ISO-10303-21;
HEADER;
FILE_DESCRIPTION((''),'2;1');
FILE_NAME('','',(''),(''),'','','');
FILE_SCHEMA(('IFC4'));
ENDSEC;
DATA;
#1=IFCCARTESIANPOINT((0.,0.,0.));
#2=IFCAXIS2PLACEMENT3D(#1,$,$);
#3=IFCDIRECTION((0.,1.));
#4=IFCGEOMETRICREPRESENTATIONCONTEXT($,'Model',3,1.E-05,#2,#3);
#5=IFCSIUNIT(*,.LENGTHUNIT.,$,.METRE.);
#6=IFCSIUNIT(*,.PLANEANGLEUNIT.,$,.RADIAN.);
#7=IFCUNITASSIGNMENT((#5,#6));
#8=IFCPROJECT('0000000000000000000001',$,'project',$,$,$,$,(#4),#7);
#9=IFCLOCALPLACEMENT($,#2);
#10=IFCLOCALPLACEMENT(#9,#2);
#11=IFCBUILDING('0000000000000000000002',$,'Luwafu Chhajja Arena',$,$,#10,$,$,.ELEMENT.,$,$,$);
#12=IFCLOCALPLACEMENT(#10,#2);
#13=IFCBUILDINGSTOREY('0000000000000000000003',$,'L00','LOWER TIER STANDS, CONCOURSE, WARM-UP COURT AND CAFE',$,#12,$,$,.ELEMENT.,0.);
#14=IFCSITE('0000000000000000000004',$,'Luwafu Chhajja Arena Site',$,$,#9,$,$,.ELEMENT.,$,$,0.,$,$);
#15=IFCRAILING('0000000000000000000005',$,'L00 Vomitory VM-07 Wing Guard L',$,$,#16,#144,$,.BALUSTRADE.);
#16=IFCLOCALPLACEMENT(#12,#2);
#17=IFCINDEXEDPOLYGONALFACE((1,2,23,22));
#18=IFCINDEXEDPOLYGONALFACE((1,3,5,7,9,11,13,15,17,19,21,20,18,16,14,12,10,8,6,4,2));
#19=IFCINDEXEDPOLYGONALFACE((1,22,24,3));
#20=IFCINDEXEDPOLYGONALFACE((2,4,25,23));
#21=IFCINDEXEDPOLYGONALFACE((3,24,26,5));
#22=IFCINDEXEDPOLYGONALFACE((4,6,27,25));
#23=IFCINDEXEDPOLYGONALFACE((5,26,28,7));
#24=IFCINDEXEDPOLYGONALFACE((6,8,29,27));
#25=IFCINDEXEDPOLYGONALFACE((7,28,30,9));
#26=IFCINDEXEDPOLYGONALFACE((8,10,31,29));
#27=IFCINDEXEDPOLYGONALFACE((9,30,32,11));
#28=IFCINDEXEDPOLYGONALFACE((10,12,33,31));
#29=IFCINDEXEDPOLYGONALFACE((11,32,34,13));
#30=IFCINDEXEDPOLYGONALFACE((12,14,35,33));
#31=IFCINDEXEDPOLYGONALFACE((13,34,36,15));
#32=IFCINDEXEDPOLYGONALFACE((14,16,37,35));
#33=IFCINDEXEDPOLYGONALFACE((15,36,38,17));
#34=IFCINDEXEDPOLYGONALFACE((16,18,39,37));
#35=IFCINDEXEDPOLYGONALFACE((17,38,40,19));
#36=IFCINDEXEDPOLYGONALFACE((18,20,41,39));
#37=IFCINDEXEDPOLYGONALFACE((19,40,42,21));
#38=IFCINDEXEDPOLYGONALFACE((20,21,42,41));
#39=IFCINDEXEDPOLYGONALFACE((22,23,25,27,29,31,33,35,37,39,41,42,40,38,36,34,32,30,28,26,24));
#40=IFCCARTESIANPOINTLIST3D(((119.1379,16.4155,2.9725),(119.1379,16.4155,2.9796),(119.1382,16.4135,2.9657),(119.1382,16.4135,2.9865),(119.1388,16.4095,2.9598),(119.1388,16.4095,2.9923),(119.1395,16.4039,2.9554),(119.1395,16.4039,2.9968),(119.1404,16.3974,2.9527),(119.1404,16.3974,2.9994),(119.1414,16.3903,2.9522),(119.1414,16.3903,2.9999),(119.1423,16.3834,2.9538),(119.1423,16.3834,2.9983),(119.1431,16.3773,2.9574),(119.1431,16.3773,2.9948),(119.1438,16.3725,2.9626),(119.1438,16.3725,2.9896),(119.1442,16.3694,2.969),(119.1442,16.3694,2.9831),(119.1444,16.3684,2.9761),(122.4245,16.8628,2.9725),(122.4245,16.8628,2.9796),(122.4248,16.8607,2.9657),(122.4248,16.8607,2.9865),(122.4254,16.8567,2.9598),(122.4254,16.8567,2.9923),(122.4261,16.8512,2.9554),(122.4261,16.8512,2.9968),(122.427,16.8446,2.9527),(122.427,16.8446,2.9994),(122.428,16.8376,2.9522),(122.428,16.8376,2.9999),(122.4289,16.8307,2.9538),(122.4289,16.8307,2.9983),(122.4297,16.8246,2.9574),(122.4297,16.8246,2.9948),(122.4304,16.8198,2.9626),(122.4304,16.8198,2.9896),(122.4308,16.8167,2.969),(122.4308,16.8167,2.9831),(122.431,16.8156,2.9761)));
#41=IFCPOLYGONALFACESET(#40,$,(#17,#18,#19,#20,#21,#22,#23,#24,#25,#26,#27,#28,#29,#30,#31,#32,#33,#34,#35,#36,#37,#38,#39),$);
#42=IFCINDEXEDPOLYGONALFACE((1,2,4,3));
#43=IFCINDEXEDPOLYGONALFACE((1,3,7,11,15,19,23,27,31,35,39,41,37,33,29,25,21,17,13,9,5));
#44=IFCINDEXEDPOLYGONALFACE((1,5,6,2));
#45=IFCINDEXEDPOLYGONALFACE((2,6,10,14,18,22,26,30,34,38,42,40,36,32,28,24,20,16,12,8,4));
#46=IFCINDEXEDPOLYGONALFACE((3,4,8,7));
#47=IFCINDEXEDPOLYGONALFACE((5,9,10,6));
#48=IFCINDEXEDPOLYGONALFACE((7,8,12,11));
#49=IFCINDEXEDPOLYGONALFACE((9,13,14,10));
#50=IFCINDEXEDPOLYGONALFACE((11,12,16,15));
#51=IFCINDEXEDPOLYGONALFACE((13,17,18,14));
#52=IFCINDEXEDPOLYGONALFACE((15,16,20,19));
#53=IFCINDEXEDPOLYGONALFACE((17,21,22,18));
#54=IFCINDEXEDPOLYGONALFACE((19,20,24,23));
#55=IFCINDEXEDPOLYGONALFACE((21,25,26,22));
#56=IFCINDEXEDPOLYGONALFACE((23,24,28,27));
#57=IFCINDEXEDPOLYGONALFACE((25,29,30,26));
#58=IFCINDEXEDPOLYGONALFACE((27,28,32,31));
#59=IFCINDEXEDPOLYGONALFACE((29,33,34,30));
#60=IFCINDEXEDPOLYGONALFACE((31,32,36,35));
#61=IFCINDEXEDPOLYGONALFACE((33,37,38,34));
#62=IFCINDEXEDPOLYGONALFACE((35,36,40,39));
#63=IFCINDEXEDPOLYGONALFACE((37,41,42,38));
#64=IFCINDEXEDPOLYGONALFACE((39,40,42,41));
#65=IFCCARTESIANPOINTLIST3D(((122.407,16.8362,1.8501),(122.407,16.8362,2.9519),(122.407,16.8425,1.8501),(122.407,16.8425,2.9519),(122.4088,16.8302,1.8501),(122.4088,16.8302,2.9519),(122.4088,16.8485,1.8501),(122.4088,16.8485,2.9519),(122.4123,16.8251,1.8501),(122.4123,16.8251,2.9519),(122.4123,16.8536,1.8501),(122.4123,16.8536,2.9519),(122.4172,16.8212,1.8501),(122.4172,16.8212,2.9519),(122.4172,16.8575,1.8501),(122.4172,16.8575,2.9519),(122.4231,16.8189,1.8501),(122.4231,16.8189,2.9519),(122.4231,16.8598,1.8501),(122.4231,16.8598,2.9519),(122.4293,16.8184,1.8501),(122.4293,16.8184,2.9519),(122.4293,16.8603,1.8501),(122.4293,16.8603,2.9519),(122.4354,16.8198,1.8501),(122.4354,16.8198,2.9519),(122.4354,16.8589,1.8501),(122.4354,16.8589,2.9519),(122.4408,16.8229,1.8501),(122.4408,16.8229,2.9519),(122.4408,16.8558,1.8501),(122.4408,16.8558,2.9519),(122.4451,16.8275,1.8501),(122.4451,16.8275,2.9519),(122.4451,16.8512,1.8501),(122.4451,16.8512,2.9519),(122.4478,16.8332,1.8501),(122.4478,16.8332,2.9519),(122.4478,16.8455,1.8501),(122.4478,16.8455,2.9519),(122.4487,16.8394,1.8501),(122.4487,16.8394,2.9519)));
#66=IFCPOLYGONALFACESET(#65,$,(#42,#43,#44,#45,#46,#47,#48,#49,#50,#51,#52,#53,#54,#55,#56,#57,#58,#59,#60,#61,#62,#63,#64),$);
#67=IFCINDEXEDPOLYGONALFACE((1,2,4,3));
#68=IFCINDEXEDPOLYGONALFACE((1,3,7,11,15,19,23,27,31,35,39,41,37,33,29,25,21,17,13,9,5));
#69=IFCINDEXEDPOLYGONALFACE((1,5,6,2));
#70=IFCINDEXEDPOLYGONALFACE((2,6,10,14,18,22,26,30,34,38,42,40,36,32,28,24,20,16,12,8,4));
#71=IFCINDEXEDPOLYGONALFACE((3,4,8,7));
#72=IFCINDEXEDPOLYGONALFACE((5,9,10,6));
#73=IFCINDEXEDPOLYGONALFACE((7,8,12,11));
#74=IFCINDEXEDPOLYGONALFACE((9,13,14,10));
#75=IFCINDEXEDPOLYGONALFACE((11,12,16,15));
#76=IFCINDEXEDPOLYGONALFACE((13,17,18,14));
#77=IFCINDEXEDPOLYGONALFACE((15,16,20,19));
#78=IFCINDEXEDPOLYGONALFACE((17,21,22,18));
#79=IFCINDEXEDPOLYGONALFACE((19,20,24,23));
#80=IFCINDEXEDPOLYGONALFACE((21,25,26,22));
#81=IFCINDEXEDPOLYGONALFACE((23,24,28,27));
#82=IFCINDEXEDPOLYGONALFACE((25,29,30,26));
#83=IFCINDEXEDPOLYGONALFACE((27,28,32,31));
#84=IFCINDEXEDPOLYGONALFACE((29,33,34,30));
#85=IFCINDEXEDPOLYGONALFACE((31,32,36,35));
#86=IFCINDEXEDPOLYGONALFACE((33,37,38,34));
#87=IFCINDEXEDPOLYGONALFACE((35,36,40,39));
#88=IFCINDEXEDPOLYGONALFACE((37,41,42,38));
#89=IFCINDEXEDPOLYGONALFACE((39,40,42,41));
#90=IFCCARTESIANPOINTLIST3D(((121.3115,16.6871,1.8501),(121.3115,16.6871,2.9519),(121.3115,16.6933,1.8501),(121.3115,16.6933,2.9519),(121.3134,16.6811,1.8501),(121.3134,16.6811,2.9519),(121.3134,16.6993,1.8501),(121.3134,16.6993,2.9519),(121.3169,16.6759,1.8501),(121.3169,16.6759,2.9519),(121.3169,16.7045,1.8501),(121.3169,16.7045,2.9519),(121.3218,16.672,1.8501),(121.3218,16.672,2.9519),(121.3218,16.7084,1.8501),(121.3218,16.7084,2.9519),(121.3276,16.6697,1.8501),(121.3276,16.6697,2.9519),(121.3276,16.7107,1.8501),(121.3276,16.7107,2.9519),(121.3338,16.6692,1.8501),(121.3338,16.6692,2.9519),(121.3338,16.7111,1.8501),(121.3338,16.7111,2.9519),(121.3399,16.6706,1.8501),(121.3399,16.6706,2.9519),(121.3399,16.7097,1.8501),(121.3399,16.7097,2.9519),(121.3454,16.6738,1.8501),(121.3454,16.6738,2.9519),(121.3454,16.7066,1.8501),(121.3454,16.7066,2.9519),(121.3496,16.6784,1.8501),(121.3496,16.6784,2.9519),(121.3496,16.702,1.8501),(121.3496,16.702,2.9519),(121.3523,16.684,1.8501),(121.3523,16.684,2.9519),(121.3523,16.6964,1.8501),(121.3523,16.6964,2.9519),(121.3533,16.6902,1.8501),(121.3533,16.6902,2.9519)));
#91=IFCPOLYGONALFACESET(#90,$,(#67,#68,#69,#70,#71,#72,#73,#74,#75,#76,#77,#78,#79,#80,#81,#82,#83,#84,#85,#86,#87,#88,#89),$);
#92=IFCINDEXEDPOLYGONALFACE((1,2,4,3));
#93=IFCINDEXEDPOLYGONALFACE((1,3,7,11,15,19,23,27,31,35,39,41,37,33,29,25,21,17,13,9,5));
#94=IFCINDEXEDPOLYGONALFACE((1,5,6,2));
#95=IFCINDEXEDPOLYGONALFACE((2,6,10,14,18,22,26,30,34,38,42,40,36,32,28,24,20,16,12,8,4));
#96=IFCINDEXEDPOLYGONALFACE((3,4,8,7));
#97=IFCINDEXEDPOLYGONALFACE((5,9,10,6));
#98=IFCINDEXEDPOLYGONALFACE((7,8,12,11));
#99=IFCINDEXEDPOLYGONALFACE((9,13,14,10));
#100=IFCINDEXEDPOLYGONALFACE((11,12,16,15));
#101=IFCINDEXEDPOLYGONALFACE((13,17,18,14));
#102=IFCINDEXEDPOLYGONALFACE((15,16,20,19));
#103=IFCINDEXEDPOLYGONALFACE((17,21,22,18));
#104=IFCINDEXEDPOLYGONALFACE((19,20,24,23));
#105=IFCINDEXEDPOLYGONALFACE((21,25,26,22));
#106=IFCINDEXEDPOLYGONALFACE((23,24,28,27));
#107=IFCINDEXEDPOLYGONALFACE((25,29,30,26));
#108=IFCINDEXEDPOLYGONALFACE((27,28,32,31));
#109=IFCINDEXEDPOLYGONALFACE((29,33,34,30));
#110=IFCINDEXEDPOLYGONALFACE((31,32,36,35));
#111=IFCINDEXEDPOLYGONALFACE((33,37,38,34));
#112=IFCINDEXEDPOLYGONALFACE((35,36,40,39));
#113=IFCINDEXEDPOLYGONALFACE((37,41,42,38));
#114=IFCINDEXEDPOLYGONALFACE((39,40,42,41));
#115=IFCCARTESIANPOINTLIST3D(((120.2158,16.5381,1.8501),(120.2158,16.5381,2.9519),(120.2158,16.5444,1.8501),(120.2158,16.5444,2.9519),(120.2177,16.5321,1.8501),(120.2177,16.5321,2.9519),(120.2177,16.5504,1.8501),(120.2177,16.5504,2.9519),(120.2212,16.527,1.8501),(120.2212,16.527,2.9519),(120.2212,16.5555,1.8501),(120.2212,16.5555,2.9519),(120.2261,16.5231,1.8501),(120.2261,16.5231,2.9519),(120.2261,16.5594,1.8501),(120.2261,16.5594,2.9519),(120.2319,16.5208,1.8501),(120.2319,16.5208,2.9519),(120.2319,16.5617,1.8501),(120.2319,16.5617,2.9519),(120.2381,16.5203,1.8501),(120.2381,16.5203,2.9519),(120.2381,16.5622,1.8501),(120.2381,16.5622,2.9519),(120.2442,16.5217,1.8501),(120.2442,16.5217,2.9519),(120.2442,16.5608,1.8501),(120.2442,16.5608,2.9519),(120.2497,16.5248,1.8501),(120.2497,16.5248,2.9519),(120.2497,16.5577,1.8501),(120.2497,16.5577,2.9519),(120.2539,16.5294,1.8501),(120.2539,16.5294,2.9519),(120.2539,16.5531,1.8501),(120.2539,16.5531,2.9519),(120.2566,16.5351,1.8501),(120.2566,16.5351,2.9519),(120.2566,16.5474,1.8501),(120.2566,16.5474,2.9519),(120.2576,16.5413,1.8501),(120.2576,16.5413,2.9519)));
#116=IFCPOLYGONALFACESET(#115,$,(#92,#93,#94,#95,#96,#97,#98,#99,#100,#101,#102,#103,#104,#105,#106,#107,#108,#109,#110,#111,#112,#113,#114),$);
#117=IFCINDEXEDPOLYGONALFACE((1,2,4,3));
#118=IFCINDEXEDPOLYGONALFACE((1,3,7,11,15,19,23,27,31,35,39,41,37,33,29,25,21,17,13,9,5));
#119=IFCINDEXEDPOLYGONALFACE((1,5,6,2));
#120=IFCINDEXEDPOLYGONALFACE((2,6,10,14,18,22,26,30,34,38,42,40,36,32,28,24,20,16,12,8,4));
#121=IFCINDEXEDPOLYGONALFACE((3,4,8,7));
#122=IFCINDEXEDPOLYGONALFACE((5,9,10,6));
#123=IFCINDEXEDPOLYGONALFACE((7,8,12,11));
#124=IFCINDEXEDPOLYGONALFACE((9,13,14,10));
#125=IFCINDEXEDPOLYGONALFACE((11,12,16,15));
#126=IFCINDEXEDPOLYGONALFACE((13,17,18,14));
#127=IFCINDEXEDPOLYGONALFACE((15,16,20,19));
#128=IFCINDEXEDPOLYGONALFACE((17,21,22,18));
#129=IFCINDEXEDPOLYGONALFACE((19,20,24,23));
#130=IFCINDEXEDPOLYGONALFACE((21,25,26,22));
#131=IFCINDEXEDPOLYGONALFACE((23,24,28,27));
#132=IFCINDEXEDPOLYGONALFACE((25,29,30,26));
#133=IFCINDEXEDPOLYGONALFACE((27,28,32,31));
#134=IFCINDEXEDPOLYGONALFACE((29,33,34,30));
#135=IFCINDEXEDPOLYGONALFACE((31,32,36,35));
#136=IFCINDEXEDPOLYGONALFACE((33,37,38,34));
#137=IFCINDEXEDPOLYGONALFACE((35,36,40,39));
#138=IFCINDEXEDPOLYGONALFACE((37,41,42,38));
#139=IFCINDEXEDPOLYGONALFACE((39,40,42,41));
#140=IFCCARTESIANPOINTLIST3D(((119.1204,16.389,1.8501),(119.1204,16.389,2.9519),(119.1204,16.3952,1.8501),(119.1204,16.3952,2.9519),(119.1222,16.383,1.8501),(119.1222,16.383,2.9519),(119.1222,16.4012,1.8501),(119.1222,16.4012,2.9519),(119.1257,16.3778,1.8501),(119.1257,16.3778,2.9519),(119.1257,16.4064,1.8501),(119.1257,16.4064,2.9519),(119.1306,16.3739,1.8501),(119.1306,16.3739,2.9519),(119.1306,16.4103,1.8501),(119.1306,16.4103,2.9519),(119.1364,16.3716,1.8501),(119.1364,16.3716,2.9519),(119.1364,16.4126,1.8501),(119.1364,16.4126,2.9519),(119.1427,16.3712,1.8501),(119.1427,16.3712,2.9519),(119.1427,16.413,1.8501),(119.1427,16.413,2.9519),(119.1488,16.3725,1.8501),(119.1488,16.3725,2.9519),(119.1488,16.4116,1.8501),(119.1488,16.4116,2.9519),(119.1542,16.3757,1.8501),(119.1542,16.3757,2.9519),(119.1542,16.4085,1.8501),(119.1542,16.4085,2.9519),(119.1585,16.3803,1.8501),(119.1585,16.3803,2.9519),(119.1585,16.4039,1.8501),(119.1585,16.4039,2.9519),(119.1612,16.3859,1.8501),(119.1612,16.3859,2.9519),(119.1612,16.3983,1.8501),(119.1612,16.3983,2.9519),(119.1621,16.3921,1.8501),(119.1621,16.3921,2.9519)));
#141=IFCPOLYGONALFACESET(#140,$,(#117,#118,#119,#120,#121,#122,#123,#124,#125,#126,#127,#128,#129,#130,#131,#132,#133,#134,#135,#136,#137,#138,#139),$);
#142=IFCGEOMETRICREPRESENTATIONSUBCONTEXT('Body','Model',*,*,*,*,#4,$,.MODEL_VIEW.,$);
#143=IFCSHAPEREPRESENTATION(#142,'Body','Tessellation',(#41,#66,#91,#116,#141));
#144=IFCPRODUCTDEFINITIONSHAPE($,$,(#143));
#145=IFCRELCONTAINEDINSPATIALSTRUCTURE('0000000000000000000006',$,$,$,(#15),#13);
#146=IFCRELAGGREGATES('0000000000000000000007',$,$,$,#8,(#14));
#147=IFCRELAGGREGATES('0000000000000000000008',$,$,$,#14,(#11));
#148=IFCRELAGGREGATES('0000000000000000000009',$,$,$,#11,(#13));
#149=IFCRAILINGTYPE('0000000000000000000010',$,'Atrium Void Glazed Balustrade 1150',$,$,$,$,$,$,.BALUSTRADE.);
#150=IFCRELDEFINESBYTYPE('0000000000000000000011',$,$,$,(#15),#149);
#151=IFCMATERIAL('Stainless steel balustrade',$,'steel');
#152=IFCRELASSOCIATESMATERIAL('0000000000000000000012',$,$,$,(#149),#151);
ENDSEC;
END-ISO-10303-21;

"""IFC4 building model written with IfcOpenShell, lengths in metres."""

from ifc_helpers import new_model, si_unit, direction, frame, origin, origin_2d, place, context, subcontext, project, spatial, circle, extrude, material, type_object, element, save


model = new_model("IFC4")

# Units and contexts
model_context = context("Model", 3, precision=1e-05, world=origin(), true_north=direction((0.0, 1.0)))
body_context = subcontext(model_context, "Body", "Model", "MODEL_VIEW")
ifc_project = project(units=[si_unit("LENGTHUNIT", "METRE"), si_unit("PLANEANGLEUNIT", "RADIAN")], contexts=[model_context])

# Site, building, storey
site_placement = place(None, origin())
site = spatial("IfcSite", under=ifc_project, at=site_placement, Name="Luwafu Chhajja Arena Site", CompositionType="ELEMENT", RefElevation=0.0)
building_placement = place(site_placement, origin())
building = spatial("IfcBuilding", under=site, at=building_placement, Name="Luwafu Chhajja Arena", CompositionType="ELEMENT")
storey_placement = place(building_placement, origin())
storey = spatial("IfcBuildingStorey", under=building, at=storey_placement, Name="L00", Description="LOWER TIER STANDS, CONCOURSE, WARM-UP COURT AND CAFE", CompositionType="ELEMENT", Elevation=0.0)

# Railing
ifc_material_1 = material(Name="Stainless steel balustrade", Category="steel")
railing_type_1 = type_object("IfcRailingType", Name="Atrium Void Glazed Balustrade 1150", PredefinedType="BALUSTRADE", material=ifc_material_1)
railing_1_placement = place(storey_placement, frame((122.4277, 16.8394, 1.8501)))
element("IfcRailing", 1, at=railing_1_placement, inside=storey, type_object=railing_type_1, Name="L00 Vomitory VM-07 Wing Guard L", PredefinedType="BALUSTRADE", context=body_context, shape_type="SweptSolid", body=[
    extrude(circle(Radius=0.0239, at=origin_2d()), frame((0.0, 0.0, 1.126), z_axis=(-0.990867, -0.134844, 0.0), x_axis=(0.134844, -0.990867, 0.0)), (0.0, 0.0, 1.0), 3.3169),
    extrude(circle(Radius=0.021, at=origin_2d()), origin(), (0.0, 0.0, 1.0), 1.1018),
    extrude(circle(Radius=0.021, at=origin_2d()), frame((-1.0955, -0.1492, 0.0)), (0.0, 0.0, 1.0), 1.1018),
    extrude(circle(Radius=0.021, at=origin_2d()), frame((-2.1912, -0.2981, 0.0)), (0.0, 0.0, 1.0), 1.1018),
    extrude(circle(Radius=0.021, at=origin_2d()), frame((-3.2866, -0.4473, 0.0)), (0.0, 0.0, 1.0), 1.1018),
])

save(model, "model.ifc")
